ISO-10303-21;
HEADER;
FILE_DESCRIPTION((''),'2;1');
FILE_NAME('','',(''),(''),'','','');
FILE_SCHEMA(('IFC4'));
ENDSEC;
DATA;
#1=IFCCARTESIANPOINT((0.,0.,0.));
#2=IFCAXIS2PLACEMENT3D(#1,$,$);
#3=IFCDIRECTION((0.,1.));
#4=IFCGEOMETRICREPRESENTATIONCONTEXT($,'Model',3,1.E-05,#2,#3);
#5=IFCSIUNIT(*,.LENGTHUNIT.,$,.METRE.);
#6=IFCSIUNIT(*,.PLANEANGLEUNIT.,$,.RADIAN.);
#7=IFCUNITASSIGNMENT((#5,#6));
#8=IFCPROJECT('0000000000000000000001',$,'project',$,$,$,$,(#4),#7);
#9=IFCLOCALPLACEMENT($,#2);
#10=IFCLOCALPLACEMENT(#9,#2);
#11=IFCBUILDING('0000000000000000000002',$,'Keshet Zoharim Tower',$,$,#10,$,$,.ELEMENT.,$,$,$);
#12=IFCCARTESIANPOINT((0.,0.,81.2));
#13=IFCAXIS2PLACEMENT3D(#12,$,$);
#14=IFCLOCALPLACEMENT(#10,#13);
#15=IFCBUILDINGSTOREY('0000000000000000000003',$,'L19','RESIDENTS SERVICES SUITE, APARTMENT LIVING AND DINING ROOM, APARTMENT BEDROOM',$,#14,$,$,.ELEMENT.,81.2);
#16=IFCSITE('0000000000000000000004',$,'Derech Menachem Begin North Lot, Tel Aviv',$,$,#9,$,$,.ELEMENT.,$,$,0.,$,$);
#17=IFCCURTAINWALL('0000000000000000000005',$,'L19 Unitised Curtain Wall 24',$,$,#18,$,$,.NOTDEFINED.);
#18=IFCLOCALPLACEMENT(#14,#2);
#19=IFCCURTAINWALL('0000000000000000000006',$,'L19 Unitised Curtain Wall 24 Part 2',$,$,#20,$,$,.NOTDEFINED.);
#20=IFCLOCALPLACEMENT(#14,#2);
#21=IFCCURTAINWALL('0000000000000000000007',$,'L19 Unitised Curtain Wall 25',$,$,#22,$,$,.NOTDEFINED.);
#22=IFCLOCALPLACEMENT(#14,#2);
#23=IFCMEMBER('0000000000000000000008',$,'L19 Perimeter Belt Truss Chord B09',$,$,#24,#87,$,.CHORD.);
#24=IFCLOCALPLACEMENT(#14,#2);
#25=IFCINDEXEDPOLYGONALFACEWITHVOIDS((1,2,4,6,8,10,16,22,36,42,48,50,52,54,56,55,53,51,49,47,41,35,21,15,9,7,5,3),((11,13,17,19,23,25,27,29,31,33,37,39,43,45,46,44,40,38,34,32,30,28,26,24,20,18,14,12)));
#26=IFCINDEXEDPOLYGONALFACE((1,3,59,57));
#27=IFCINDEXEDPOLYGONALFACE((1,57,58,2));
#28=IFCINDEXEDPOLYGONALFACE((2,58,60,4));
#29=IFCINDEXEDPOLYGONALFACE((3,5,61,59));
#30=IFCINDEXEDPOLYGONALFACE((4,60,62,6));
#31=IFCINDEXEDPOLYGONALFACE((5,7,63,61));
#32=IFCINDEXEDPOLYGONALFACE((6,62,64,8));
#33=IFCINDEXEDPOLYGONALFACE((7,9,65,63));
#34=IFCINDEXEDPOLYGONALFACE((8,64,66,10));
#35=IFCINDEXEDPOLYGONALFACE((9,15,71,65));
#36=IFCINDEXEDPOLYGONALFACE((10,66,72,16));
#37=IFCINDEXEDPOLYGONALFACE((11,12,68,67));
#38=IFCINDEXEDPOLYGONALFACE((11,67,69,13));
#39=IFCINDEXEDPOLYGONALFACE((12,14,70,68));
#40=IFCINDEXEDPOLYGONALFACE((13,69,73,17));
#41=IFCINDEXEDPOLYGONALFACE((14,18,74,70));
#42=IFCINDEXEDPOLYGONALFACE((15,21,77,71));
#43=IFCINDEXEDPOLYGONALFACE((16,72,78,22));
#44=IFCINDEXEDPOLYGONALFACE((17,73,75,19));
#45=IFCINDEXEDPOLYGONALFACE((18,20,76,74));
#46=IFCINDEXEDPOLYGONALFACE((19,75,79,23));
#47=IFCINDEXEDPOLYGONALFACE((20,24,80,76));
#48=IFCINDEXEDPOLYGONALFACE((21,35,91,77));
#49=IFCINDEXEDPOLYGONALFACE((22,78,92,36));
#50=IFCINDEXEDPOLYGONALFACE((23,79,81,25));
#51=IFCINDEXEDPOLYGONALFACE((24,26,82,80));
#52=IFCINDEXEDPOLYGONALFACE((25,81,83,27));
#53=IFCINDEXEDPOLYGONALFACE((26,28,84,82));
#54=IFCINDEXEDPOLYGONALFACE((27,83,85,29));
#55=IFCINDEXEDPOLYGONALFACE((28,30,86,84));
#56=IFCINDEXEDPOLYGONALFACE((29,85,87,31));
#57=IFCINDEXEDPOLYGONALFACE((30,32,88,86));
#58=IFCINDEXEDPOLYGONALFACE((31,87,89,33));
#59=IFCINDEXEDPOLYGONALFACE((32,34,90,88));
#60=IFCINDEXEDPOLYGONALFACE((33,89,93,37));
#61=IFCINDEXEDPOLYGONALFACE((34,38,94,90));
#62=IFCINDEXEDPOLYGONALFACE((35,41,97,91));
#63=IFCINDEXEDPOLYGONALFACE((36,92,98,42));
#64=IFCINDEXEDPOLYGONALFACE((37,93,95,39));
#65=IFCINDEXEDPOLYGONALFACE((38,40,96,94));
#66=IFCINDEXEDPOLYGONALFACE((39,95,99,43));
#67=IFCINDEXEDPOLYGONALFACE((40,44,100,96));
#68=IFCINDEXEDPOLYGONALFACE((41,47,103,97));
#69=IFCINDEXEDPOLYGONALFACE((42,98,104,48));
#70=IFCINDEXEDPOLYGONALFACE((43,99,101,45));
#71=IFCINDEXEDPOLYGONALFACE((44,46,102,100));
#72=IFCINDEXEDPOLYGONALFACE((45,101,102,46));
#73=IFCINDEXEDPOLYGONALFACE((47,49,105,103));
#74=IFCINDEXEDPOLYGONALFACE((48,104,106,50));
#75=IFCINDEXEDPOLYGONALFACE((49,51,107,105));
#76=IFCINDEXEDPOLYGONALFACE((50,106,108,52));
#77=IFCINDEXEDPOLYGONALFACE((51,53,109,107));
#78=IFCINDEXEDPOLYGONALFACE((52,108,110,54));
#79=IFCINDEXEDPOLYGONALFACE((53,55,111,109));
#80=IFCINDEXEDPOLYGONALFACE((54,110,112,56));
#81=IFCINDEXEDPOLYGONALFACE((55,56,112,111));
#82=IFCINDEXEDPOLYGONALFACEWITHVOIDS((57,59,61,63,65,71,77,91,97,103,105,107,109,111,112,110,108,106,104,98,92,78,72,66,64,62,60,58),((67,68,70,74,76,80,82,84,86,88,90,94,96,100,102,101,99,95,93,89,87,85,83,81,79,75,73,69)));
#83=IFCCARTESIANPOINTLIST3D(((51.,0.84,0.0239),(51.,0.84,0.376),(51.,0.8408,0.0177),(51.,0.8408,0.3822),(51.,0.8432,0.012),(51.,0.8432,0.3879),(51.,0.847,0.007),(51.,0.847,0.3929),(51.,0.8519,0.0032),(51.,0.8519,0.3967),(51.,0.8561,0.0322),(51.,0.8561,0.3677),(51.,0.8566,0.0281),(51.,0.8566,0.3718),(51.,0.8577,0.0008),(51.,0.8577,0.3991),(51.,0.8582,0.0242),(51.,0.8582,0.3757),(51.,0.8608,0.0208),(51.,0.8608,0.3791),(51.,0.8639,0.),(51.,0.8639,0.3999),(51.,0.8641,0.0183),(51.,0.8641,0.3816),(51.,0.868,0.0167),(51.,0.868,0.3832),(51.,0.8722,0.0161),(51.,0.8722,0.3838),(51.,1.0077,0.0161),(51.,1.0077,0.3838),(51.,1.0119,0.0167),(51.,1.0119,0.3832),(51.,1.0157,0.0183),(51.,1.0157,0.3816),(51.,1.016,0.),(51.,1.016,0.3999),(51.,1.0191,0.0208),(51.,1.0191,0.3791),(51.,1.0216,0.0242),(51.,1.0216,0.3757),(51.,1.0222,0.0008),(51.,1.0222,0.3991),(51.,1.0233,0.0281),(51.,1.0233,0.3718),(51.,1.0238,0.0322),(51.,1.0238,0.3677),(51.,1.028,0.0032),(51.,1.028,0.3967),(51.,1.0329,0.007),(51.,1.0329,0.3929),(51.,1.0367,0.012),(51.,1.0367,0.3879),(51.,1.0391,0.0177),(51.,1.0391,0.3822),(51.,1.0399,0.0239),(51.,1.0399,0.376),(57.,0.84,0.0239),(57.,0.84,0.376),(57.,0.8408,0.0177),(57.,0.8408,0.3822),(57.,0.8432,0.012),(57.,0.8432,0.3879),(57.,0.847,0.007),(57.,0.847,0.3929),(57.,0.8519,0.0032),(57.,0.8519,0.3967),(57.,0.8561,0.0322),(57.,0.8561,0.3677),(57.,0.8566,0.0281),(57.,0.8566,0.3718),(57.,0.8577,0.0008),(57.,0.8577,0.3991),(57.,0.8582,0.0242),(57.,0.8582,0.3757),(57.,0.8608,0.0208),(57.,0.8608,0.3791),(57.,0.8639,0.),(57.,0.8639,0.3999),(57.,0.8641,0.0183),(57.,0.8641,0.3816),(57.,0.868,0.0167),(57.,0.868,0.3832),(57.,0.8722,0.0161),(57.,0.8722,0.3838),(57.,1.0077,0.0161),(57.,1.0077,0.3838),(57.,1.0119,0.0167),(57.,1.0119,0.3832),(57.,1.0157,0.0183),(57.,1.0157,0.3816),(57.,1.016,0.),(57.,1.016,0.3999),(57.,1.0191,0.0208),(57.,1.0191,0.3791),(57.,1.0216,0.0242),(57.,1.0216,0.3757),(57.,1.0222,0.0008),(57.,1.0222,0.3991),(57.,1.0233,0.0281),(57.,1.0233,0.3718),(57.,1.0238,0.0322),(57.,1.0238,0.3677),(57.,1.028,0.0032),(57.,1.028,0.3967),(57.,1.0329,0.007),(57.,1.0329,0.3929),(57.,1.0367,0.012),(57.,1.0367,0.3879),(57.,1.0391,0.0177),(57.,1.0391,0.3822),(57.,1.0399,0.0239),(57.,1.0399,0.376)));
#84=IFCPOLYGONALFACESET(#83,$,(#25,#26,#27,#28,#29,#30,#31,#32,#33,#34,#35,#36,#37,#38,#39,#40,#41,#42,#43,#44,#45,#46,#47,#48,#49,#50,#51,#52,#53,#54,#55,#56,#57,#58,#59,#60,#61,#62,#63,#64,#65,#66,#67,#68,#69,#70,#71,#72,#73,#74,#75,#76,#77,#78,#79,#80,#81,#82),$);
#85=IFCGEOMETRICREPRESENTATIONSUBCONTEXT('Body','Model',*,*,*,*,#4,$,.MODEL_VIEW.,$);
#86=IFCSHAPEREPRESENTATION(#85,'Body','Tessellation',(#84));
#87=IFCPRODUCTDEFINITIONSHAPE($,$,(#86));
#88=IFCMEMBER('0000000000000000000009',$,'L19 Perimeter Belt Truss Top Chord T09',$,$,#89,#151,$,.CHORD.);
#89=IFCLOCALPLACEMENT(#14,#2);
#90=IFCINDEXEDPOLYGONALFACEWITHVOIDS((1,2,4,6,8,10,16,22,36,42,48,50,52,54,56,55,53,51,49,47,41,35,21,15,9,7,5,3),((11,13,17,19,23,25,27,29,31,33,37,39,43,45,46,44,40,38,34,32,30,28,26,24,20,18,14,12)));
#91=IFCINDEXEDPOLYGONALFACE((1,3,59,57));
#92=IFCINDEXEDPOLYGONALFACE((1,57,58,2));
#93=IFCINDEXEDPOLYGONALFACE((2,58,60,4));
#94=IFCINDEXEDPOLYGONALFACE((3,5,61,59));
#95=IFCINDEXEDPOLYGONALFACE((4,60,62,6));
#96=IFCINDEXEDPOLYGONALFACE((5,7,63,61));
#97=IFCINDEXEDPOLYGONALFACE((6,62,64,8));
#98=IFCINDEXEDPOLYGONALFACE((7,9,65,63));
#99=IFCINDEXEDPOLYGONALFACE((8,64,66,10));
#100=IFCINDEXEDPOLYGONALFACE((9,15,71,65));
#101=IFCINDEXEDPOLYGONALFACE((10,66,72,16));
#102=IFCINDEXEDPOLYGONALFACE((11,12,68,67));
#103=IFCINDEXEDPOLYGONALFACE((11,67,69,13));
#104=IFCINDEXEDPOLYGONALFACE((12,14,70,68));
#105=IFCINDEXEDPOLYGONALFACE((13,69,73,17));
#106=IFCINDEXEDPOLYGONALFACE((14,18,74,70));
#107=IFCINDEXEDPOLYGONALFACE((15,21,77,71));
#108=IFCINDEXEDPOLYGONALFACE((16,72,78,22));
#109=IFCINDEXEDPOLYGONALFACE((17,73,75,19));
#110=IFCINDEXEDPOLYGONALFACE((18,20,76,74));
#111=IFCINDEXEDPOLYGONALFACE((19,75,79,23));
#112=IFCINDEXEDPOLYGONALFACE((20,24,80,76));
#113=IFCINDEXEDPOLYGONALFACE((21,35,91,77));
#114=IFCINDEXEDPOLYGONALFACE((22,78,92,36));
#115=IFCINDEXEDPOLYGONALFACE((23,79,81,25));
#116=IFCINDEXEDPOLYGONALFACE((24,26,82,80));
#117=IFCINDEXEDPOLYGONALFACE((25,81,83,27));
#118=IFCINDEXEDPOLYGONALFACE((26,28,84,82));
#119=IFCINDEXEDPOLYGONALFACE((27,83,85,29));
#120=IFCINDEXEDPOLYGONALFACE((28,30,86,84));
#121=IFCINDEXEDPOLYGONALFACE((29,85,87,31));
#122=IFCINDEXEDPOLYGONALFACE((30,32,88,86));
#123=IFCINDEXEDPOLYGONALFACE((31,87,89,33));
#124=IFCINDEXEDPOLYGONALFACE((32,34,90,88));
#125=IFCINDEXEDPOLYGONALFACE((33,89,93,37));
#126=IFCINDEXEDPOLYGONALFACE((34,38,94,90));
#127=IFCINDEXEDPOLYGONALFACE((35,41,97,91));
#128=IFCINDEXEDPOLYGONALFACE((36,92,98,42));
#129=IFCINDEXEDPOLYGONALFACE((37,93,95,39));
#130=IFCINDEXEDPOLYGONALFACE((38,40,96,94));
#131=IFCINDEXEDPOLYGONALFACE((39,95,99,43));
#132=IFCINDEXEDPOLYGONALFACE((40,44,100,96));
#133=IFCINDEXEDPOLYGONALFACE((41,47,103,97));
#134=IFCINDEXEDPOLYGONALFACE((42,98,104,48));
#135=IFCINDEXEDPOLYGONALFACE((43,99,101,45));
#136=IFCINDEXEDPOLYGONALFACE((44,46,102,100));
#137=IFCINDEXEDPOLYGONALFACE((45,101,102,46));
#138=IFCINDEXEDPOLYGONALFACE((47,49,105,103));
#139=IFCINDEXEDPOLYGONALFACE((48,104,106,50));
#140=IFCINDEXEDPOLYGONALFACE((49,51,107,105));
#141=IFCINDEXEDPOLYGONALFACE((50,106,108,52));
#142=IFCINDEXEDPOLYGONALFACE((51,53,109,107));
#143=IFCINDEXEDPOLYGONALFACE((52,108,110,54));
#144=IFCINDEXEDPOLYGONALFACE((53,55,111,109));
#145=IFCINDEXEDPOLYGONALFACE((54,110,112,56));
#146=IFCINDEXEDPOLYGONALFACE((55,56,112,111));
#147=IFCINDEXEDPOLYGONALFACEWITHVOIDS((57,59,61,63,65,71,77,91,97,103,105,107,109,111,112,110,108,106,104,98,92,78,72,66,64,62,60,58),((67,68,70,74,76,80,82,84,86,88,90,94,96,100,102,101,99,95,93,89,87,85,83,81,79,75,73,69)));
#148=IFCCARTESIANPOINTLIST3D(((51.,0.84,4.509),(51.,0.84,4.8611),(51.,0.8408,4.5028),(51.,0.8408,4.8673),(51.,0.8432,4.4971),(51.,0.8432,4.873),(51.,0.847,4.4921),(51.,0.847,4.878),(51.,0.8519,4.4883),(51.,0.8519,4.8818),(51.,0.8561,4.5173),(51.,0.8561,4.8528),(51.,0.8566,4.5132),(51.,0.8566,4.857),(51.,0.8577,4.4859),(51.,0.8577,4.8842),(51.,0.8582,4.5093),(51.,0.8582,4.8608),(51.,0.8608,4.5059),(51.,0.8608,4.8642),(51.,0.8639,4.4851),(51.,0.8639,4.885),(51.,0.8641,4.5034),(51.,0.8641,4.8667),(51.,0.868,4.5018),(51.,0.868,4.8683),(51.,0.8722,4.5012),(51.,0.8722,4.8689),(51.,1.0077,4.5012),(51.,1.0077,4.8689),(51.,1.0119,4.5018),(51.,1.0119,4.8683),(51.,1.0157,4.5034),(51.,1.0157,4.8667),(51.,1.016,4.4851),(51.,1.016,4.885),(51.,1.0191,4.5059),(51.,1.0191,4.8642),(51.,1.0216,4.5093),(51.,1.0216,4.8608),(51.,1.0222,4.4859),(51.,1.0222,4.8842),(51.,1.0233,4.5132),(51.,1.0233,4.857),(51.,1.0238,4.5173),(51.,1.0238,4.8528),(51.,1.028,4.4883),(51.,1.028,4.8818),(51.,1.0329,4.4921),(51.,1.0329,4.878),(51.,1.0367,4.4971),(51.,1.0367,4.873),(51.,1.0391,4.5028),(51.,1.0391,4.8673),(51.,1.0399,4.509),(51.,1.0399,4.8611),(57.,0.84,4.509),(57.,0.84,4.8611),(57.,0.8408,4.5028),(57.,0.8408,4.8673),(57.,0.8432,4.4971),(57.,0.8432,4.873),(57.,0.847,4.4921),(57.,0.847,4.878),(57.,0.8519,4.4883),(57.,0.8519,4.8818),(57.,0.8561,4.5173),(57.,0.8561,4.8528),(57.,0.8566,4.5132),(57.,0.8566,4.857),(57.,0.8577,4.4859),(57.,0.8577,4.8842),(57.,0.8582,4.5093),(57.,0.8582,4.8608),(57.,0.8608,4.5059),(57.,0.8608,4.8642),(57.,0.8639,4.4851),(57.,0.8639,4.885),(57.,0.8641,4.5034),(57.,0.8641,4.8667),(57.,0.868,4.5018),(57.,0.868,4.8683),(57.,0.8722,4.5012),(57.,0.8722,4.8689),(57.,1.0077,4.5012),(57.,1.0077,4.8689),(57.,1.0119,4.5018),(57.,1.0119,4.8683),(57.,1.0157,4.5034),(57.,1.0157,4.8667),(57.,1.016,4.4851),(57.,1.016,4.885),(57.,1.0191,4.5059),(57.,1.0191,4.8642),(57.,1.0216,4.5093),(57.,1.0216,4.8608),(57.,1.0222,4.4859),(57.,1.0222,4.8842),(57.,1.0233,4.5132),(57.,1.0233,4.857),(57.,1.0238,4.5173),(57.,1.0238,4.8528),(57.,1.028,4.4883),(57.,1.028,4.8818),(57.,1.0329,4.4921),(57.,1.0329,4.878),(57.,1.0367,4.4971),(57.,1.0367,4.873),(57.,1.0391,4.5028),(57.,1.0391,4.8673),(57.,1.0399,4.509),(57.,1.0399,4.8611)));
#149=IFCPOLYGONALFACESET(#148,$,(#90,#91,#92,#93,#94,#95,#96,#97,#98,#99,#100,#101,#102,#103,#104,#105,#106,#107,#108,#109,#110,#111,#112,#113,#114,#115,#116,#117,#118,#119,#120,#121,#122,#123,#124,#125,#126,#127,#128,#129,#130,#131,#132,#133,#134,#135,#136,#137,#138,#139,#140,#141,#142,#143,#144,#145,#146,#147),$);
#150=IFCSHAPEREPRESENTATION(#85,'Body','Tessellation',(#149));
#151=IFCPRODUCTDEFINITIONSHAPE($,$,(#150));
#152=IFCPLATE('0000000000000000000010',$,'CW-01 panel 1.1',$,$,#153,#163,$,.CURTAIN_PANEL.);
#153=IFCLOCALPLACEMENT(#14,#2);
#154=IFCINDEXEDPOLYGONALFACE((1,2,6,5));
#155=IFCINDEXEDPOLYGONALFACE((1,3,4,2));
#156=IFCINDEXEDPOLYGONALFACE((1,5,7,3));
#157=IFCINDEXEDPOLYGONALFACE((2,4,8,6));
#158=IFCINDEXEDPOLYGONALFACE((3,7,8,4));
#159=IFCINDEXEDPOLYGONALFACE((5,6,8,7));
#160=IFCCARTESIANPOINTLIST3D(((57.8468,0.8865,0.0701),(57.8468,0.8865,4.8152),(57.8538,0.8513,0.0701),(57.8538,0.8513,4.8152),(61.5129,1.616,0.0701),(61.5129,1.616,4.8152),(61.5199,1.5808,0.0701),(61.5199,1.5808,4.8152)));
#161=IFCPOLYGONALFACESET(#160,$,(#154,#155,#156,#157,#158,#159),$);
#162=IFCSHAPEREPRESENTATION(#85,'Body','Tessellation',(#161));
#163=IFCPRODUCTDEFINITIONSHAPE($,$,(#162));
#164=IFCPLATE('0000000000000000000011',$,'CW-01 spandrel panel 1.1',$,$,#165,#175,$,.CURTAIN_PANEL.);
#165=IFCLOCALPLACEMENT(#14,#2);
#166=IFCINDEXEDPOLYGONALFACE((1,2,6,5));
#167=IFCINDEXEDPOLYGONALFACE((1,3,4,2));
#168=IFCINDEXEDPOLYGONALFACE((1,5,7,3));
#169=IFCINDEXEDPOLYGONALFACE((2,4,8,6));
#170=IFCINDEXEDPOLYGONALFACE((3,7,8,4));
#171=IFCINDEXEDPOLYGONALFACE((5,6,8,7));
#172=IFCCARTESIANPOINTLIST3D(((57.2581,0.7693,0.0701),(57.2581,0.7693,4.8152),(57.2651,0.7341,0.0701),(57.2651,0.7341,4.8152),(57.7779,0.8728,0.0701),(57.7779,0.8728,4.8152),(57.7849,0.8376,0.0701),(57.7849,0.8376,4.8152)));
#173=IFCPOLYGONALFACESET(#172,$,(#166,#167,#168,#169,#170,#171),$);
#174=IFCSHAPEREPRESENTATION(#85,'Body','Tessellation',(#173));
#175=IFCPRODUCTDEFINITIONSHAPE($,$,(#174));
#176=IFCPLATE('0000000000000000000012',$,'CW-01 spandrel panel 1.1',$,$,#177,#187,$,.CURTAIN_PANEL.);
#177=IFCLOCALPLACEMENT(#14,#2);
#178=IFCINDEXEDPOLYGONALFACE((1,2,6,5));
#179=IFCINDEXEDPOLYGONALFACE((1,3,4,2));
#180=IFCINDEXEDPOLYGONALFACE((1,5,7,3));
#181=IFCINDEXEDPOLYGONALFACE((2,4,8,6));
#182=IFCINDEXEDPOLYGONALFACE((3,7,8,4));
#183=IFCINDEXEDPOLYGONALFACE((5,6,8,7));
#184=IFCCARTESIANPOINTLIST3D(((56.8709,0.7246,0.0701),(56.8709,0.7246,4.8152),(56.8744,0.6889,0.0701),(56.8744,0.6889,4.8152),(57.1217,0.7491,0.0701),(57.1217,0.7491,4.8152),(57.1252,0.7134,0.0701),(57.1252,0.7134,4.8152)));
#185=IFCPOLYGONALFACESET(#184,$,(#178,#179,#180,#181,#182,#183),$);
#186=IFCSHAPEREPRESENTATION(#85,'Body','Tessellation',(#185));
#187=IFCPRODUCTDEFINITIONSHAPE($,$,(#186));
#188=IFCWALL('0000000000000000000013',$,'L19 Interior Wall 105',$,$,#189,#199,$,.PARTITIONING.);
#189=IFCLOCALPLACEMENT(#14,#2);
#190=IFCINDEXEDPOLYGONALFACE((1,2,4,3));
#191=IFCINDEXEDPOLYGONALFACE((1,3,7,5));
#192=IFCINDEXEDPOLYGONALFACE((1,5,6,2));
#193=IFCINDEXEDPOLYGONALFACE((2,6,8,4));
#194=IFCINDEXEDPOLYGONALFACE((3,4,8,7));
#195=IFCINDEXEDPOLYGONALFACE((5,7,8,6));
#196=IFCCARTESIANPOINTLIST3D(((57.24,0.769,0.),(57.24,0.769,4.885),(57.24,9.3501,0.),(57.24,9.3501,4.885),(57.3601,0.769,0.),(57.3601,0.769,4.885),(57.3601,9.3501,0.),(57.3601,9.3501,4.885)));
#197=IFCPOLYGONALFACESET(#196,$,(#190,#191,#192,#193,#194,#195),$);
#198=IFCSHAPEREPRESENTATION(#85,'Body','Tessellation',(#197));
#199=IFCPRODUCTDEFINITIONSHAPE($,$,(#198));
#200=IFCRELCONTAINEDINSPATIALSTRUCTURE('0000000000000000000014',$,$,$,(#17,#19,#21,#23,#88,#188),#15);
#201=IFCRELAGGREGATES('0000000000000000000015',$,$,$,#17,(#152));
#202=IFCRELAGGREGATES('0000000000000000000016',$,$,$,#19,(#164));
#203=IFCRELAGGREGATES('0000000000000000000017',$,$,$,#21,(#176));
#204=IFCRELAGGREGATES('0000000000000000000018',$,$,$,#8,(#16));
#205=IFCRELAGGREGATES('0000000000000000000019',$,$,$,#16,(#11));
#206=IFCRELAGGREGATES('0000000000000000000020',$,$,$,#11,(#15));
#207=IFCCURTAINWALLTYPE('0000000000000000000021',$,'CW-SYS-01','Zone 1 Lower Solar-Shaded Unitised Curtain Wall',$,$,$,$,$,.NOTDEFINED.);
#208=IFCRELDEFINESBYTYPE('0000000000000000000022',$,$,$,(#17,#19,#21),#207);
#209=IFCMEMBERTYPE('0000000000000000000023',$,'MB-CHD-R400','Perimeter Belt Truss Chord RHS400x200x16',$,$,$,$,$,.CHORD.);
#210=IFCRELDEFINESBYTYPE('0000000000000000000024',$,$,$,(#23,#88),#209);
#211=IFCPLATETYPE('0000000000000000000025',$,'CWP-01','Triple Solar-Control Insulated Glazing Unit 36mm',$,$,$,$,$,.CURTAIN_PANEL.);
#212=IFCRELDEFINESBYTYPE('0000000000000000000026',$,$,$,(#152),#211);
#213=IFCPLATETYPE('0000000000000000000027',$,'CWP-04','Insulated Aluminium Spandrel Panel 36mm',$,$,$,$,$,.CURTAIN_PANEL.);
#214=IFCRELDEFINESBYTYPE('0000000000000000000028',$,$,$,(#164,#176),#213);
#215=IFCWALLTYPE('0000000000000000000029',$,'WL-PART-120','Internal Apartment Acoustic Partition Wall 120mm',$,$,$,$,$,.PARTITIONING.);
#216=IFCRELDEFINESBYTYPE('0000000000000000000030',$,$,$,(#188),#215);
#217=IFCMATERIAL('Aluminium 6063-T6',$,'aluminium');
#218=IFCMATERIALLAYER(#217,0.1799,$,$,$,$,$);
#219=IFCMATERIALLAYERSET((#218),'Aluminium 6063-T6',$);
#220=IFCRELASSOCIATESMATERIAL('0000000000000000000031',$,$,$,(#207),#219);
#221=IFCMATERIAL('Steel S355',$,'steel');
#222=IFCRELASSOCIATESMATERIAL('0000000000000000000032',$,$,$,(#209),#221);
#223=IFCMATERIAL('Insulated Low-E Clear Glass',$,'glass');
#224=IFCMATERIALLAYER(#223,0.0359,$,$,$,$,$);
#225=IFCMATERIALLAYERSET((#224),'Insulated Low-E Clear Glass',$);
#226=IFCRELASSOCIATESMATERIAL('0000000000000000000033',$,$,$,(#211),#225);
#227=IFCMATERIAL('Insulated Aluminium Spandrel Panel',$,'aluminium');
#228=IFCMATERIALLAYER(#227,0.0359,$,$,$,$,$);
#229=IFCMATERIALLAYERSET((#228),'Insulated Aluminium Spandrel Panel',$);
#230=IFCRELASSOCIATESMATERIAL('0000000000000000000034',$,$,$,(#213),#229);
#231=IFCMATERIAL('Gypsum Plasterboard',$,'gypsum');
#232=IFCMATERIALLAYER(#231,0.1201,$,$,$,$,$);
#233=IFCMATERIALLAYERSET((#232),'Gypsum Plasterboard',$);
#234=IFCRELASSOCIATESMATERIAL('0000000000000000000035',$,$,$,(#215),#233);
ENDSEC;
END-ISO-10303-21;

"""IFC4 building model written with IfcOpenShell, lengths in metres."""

from ifc_helpers import new_model, si_unit, direction, frame, frame_2d, origin, origin_2d, place, context, subcontext, project, spatial, rectangle, hollow_rectangle, extrude, material, layer, layer_set, material_profile, profile_set, type_object, element, aggregate, save


model = new_model("IFC4")

# Units and contexts
model_context = context("Model", 3, precision=1e-05, world=origin(), true_north=direction((0.0, 1.0)))
body_context = subcontext(model_context, "Body", "Model", "MODEL_VIEW")
ifc_project = project(units=[si_unit("LENGTHUNIT", "METRE"), si_unit("PLANEANGLEUNIT", "RADIAN")], contexts=[model_context])

# Site, building, storey
site_placement = place(None, origin())
site = spatial("IfcSite", under=ifc_project, at=site_placement, Name="Derech Menachem Begin North Lot, Tel Aviv", CompositionType="ELEMENT", RefElevation=0.0)
building_placement = place(site_placement, origin())
building = spatial("IfcBuilding", under=site, at=building_placement, Name="Keshet Zoharim Tower", CompositionType="ELEMENT")
storey_placement = place(building_placement, frame((0.0, 0.0, 81.2)))
storey = spatial("IfcBuildingStorey", under=building, at=storey_placement, Name="L19", Description="RESIDENTS SERVICES SUITE, APARTMENT LIVING AND DINING ROOM, APARTMENT BEDROOM", CompositionType="ELEMENT", Elevation=81.2)

# Shared definitions
ifc_material_1 = material(Name="Steel S355", Category="steel")

# Curtain walls
ifc_material_2 = material(Name="Aluminium 6063-T6", Category="aluminium")
ifc_layer_1 = layer(ifc_material_2, 0.1799)
ifc_layer_set_1 = layer_set([ifc_layer_1], Name="Aluminium 6063-T6")
curtain_wall_type = type_object("IfcCurtainWallType", Name="CW-SYS-01", Description="Zone 1 Lower Solar-Shaded Unitised Curtain Wall", PredefinedType="NOTDEFINED", material=ifc_layer_set_1)
curtain_wall_1_placement = place(storey_placement, origin())
curtain_wall_1 = element("IfcCurtainWall", 1, at=curtain_wall_1_placement, inside=storey, type_object=curtain_wall_type, Name="L19 Unitised Curtain Wall 24", PredefinedType="NOTDEFINED")
curtain_wall_2_placement = place(storey_placement, origin())
curtain_wall_2 = element("IfcCurtainWall", 2, at=curtain_wall_2_placement, inside=storey, type_object=curtain_wall_type, Name="L19 Unitised Curtain Wall 24 Part 2", PredefinedType="NOTDEFINED")

# Curtain wall
curtain_wall_3_placement = place(storey_placement, origin())
curtain_wall_3 = element("IfcCurtainWall", 3, at=curtain_wall_3_placement, inside=storey, type_object=curtain_wall_type, Name="L19 Unitised Curtain Wall 25", PredefinedType="NOTDEFINED")

# Members
ifc_material_profile_1 = material_profile(ifc_material_1, hollow_rectangle(XDim=0.2, YDim=0.3999, WallThickness=0.0161, InnerFilletRadius=0.0161, OuterFilletRadius=0.0239, at=origin_2d()), Name="RHS400x200x16")
ifc_profile_set_1 = profile_set([ifc_material_profile_1], Name="Steel S355")
member_type_1 = type_object("IfcMemberType", Name="MB-CHD-R400", Description="Perimeter Belt Truss Chord RHS400x200x16", PredefinedType="CHORD", material=ifc_profile_set_1)
for number, where, z_axis, x_axis, name in (
    (4, (57.0, 0.9399, 0.2), (-1.0, 0.0, 0.0), (0.0, -1.0, 0.0), "L19 Perimeter Belt Truss Chord B09"),
    (5, (57.0, 0.9399, 4.6851), (-1.0, 0.0, 0.0), (0.0, -1.0, 0.0), "L19 Perimeter Belt Truss Top Chord T09"),
):
    element("IfcMember", number, at=place(storey_placement, frame(where, z_axis=z_axis, x_axis=x_axis)), inside=storey, type_object=member_type_1, Name=name, PredefinedType="CHORD", context=body_context, shape_type="SweptSolid", body=[
        extrude(hollow_rectangle(XDim=0.2, YDim=0.3999, WallThickness=0.0161, InnerFilletRadius=0.0161, OuterFilletRadius=0.0239, at=origin_2d()), origin(), (0.0, 0.0, 1.0), 6.0),
    ])

# Plates
ifc_material_3 = material(Name="Insulated Low-E Clear Glass", Category="glass")
ifc_layer_2 = layer(ifc_material_3, 0.0359)
ifc_layer_set_2 = layer_set([ifc_layer_2], Name="Insulated Low-E Clear Glass")
plate_type_1 = type_object("IfcPlateType", Name="CWP-01", Description="Triple Solar-Control Insulated Glazing Unit 36mm", PredefinedType="CURTAIN_PANEL", material=ifc_layer_set_2)
plate_1_placement = place(storey_placement, frame((59.6833, 1.2336, 0.0701), z_axis=(0.0, 0.0, 1.0), x_axis=(-0.980769, -0.195174, 0.0)))
plate_1 = element("IfcPlate", 6, at=plate_1_placement, type_object=plate_type_1, Name="CW-01 panel 1.1", PredefinedType="CURTAIN_PANEL", context=body_context, shape_type="SweptSolid", body=[
    extrude(rectangle(XDim=3.738, YDim=0.0359, at=origin_2d()), origin(), (0.0, 0.0, 1.0), 4.7451),
])
aggregate(curtain_wall_1, [plate_1])
ifc_material_4 = material(Name="Insulated Aluminium Spandrel Panel", Category="aluminium")
ifc_layer_3 = layer(ifc_material_4, 0.0359)
ifc_layer_set_3 = layer_set([ifc_layer_3], Name="Insulated Aluminium Spandrel Panel")
plate_type_2 = type_object("IfcPlateType", Name="CWP-04", Description="Insulated Aluminium Spandrel Panel 36mm", PredefinedType="CURTAIN_PANEL", material=ifc_layer_set_3)
plate_2_placement = place(storey_placement, frame((57.5215, 0.8035, 0.0701), z_axis=(0.0, 0.0, 1.0), x_axis=(-0.980773, -0.195155, 0.0)))
plate_2 = element("IfcPlate", 7, at=plate_2_placement, type_object=plate_type_2, Name="CW-01 spandrel panel 1.1", PredefinedType="CURTAIN_PANEL", context=body_context, shape_type="SweptSolid", body=[
    extrude(rectangle(XDim=0.53, YDim=0.0359, at=origin_2d()), origin(), (0.0, 0.0, 1.0), 4.7451),
])
aggregate(curtain_wall_2, [plate_2])
plate_3_placement = place(storey_placement, frame((56.998, 0.719, 0.0701), z_axis=(0.0, 0.0, 1.0), x_axis=(-0.995287, -0.096977, 0.0)))
plate_3 = element("IfcPlate", 8, at=plate_3_placement, type_object=plate_type_2, Name="CW-01 spandrel panel 1.1", PredefinedType="CURTAIN_PANEL", context=body_context, shape_type="SweptSolid", body=[
    extrude(rectangle(XDim=0.252, YDim=0.0359, at=origin_2d()), origin(), (0.0, 0.0, 1.0), 4.7451),
])
aggregate(curtain_wall_3, [plate_3])

# Wall
ifc_material_5 = material(Name="Gypsum Plasterboard", Category="gypsum")
ifc_layer_4 = layer(ifc_material_5, 0.1201)
ifc_layer_set_4 = layer_set([ifc_layer_4], Name="Gypsum Plasterboard")
wall_type = type_object("IfcWallType", Name="WL-PART-120", Description="Internal Apartment Acoustic Partition Wall 120mm", PredefinedType="PARTITIONING", material=ifc_layer_set_4)
wall_1_placement = place(storey_placement, frame((57.3, 0.769, 0.0), z_axis=(0.0, 0.0, 1.0), x_axis=(0.0, 1.0, 0.0)))
element("IfcWall", 9, at=wall_1_placement, inside=storey, type_object=wall_type, Name="L19 Interior Wall 105", PredefinedType="PARTITIONING", context=body_context, shape_type="SweptSolid", body=[
    extrude(rectangle(XDim=8.5811, YDim=0.1201, at=frame_2d((4.2905, 0.0))), origin(), (0.0, 0.0, 1.0), 4.885),
])

save(model, "model.ifc")
